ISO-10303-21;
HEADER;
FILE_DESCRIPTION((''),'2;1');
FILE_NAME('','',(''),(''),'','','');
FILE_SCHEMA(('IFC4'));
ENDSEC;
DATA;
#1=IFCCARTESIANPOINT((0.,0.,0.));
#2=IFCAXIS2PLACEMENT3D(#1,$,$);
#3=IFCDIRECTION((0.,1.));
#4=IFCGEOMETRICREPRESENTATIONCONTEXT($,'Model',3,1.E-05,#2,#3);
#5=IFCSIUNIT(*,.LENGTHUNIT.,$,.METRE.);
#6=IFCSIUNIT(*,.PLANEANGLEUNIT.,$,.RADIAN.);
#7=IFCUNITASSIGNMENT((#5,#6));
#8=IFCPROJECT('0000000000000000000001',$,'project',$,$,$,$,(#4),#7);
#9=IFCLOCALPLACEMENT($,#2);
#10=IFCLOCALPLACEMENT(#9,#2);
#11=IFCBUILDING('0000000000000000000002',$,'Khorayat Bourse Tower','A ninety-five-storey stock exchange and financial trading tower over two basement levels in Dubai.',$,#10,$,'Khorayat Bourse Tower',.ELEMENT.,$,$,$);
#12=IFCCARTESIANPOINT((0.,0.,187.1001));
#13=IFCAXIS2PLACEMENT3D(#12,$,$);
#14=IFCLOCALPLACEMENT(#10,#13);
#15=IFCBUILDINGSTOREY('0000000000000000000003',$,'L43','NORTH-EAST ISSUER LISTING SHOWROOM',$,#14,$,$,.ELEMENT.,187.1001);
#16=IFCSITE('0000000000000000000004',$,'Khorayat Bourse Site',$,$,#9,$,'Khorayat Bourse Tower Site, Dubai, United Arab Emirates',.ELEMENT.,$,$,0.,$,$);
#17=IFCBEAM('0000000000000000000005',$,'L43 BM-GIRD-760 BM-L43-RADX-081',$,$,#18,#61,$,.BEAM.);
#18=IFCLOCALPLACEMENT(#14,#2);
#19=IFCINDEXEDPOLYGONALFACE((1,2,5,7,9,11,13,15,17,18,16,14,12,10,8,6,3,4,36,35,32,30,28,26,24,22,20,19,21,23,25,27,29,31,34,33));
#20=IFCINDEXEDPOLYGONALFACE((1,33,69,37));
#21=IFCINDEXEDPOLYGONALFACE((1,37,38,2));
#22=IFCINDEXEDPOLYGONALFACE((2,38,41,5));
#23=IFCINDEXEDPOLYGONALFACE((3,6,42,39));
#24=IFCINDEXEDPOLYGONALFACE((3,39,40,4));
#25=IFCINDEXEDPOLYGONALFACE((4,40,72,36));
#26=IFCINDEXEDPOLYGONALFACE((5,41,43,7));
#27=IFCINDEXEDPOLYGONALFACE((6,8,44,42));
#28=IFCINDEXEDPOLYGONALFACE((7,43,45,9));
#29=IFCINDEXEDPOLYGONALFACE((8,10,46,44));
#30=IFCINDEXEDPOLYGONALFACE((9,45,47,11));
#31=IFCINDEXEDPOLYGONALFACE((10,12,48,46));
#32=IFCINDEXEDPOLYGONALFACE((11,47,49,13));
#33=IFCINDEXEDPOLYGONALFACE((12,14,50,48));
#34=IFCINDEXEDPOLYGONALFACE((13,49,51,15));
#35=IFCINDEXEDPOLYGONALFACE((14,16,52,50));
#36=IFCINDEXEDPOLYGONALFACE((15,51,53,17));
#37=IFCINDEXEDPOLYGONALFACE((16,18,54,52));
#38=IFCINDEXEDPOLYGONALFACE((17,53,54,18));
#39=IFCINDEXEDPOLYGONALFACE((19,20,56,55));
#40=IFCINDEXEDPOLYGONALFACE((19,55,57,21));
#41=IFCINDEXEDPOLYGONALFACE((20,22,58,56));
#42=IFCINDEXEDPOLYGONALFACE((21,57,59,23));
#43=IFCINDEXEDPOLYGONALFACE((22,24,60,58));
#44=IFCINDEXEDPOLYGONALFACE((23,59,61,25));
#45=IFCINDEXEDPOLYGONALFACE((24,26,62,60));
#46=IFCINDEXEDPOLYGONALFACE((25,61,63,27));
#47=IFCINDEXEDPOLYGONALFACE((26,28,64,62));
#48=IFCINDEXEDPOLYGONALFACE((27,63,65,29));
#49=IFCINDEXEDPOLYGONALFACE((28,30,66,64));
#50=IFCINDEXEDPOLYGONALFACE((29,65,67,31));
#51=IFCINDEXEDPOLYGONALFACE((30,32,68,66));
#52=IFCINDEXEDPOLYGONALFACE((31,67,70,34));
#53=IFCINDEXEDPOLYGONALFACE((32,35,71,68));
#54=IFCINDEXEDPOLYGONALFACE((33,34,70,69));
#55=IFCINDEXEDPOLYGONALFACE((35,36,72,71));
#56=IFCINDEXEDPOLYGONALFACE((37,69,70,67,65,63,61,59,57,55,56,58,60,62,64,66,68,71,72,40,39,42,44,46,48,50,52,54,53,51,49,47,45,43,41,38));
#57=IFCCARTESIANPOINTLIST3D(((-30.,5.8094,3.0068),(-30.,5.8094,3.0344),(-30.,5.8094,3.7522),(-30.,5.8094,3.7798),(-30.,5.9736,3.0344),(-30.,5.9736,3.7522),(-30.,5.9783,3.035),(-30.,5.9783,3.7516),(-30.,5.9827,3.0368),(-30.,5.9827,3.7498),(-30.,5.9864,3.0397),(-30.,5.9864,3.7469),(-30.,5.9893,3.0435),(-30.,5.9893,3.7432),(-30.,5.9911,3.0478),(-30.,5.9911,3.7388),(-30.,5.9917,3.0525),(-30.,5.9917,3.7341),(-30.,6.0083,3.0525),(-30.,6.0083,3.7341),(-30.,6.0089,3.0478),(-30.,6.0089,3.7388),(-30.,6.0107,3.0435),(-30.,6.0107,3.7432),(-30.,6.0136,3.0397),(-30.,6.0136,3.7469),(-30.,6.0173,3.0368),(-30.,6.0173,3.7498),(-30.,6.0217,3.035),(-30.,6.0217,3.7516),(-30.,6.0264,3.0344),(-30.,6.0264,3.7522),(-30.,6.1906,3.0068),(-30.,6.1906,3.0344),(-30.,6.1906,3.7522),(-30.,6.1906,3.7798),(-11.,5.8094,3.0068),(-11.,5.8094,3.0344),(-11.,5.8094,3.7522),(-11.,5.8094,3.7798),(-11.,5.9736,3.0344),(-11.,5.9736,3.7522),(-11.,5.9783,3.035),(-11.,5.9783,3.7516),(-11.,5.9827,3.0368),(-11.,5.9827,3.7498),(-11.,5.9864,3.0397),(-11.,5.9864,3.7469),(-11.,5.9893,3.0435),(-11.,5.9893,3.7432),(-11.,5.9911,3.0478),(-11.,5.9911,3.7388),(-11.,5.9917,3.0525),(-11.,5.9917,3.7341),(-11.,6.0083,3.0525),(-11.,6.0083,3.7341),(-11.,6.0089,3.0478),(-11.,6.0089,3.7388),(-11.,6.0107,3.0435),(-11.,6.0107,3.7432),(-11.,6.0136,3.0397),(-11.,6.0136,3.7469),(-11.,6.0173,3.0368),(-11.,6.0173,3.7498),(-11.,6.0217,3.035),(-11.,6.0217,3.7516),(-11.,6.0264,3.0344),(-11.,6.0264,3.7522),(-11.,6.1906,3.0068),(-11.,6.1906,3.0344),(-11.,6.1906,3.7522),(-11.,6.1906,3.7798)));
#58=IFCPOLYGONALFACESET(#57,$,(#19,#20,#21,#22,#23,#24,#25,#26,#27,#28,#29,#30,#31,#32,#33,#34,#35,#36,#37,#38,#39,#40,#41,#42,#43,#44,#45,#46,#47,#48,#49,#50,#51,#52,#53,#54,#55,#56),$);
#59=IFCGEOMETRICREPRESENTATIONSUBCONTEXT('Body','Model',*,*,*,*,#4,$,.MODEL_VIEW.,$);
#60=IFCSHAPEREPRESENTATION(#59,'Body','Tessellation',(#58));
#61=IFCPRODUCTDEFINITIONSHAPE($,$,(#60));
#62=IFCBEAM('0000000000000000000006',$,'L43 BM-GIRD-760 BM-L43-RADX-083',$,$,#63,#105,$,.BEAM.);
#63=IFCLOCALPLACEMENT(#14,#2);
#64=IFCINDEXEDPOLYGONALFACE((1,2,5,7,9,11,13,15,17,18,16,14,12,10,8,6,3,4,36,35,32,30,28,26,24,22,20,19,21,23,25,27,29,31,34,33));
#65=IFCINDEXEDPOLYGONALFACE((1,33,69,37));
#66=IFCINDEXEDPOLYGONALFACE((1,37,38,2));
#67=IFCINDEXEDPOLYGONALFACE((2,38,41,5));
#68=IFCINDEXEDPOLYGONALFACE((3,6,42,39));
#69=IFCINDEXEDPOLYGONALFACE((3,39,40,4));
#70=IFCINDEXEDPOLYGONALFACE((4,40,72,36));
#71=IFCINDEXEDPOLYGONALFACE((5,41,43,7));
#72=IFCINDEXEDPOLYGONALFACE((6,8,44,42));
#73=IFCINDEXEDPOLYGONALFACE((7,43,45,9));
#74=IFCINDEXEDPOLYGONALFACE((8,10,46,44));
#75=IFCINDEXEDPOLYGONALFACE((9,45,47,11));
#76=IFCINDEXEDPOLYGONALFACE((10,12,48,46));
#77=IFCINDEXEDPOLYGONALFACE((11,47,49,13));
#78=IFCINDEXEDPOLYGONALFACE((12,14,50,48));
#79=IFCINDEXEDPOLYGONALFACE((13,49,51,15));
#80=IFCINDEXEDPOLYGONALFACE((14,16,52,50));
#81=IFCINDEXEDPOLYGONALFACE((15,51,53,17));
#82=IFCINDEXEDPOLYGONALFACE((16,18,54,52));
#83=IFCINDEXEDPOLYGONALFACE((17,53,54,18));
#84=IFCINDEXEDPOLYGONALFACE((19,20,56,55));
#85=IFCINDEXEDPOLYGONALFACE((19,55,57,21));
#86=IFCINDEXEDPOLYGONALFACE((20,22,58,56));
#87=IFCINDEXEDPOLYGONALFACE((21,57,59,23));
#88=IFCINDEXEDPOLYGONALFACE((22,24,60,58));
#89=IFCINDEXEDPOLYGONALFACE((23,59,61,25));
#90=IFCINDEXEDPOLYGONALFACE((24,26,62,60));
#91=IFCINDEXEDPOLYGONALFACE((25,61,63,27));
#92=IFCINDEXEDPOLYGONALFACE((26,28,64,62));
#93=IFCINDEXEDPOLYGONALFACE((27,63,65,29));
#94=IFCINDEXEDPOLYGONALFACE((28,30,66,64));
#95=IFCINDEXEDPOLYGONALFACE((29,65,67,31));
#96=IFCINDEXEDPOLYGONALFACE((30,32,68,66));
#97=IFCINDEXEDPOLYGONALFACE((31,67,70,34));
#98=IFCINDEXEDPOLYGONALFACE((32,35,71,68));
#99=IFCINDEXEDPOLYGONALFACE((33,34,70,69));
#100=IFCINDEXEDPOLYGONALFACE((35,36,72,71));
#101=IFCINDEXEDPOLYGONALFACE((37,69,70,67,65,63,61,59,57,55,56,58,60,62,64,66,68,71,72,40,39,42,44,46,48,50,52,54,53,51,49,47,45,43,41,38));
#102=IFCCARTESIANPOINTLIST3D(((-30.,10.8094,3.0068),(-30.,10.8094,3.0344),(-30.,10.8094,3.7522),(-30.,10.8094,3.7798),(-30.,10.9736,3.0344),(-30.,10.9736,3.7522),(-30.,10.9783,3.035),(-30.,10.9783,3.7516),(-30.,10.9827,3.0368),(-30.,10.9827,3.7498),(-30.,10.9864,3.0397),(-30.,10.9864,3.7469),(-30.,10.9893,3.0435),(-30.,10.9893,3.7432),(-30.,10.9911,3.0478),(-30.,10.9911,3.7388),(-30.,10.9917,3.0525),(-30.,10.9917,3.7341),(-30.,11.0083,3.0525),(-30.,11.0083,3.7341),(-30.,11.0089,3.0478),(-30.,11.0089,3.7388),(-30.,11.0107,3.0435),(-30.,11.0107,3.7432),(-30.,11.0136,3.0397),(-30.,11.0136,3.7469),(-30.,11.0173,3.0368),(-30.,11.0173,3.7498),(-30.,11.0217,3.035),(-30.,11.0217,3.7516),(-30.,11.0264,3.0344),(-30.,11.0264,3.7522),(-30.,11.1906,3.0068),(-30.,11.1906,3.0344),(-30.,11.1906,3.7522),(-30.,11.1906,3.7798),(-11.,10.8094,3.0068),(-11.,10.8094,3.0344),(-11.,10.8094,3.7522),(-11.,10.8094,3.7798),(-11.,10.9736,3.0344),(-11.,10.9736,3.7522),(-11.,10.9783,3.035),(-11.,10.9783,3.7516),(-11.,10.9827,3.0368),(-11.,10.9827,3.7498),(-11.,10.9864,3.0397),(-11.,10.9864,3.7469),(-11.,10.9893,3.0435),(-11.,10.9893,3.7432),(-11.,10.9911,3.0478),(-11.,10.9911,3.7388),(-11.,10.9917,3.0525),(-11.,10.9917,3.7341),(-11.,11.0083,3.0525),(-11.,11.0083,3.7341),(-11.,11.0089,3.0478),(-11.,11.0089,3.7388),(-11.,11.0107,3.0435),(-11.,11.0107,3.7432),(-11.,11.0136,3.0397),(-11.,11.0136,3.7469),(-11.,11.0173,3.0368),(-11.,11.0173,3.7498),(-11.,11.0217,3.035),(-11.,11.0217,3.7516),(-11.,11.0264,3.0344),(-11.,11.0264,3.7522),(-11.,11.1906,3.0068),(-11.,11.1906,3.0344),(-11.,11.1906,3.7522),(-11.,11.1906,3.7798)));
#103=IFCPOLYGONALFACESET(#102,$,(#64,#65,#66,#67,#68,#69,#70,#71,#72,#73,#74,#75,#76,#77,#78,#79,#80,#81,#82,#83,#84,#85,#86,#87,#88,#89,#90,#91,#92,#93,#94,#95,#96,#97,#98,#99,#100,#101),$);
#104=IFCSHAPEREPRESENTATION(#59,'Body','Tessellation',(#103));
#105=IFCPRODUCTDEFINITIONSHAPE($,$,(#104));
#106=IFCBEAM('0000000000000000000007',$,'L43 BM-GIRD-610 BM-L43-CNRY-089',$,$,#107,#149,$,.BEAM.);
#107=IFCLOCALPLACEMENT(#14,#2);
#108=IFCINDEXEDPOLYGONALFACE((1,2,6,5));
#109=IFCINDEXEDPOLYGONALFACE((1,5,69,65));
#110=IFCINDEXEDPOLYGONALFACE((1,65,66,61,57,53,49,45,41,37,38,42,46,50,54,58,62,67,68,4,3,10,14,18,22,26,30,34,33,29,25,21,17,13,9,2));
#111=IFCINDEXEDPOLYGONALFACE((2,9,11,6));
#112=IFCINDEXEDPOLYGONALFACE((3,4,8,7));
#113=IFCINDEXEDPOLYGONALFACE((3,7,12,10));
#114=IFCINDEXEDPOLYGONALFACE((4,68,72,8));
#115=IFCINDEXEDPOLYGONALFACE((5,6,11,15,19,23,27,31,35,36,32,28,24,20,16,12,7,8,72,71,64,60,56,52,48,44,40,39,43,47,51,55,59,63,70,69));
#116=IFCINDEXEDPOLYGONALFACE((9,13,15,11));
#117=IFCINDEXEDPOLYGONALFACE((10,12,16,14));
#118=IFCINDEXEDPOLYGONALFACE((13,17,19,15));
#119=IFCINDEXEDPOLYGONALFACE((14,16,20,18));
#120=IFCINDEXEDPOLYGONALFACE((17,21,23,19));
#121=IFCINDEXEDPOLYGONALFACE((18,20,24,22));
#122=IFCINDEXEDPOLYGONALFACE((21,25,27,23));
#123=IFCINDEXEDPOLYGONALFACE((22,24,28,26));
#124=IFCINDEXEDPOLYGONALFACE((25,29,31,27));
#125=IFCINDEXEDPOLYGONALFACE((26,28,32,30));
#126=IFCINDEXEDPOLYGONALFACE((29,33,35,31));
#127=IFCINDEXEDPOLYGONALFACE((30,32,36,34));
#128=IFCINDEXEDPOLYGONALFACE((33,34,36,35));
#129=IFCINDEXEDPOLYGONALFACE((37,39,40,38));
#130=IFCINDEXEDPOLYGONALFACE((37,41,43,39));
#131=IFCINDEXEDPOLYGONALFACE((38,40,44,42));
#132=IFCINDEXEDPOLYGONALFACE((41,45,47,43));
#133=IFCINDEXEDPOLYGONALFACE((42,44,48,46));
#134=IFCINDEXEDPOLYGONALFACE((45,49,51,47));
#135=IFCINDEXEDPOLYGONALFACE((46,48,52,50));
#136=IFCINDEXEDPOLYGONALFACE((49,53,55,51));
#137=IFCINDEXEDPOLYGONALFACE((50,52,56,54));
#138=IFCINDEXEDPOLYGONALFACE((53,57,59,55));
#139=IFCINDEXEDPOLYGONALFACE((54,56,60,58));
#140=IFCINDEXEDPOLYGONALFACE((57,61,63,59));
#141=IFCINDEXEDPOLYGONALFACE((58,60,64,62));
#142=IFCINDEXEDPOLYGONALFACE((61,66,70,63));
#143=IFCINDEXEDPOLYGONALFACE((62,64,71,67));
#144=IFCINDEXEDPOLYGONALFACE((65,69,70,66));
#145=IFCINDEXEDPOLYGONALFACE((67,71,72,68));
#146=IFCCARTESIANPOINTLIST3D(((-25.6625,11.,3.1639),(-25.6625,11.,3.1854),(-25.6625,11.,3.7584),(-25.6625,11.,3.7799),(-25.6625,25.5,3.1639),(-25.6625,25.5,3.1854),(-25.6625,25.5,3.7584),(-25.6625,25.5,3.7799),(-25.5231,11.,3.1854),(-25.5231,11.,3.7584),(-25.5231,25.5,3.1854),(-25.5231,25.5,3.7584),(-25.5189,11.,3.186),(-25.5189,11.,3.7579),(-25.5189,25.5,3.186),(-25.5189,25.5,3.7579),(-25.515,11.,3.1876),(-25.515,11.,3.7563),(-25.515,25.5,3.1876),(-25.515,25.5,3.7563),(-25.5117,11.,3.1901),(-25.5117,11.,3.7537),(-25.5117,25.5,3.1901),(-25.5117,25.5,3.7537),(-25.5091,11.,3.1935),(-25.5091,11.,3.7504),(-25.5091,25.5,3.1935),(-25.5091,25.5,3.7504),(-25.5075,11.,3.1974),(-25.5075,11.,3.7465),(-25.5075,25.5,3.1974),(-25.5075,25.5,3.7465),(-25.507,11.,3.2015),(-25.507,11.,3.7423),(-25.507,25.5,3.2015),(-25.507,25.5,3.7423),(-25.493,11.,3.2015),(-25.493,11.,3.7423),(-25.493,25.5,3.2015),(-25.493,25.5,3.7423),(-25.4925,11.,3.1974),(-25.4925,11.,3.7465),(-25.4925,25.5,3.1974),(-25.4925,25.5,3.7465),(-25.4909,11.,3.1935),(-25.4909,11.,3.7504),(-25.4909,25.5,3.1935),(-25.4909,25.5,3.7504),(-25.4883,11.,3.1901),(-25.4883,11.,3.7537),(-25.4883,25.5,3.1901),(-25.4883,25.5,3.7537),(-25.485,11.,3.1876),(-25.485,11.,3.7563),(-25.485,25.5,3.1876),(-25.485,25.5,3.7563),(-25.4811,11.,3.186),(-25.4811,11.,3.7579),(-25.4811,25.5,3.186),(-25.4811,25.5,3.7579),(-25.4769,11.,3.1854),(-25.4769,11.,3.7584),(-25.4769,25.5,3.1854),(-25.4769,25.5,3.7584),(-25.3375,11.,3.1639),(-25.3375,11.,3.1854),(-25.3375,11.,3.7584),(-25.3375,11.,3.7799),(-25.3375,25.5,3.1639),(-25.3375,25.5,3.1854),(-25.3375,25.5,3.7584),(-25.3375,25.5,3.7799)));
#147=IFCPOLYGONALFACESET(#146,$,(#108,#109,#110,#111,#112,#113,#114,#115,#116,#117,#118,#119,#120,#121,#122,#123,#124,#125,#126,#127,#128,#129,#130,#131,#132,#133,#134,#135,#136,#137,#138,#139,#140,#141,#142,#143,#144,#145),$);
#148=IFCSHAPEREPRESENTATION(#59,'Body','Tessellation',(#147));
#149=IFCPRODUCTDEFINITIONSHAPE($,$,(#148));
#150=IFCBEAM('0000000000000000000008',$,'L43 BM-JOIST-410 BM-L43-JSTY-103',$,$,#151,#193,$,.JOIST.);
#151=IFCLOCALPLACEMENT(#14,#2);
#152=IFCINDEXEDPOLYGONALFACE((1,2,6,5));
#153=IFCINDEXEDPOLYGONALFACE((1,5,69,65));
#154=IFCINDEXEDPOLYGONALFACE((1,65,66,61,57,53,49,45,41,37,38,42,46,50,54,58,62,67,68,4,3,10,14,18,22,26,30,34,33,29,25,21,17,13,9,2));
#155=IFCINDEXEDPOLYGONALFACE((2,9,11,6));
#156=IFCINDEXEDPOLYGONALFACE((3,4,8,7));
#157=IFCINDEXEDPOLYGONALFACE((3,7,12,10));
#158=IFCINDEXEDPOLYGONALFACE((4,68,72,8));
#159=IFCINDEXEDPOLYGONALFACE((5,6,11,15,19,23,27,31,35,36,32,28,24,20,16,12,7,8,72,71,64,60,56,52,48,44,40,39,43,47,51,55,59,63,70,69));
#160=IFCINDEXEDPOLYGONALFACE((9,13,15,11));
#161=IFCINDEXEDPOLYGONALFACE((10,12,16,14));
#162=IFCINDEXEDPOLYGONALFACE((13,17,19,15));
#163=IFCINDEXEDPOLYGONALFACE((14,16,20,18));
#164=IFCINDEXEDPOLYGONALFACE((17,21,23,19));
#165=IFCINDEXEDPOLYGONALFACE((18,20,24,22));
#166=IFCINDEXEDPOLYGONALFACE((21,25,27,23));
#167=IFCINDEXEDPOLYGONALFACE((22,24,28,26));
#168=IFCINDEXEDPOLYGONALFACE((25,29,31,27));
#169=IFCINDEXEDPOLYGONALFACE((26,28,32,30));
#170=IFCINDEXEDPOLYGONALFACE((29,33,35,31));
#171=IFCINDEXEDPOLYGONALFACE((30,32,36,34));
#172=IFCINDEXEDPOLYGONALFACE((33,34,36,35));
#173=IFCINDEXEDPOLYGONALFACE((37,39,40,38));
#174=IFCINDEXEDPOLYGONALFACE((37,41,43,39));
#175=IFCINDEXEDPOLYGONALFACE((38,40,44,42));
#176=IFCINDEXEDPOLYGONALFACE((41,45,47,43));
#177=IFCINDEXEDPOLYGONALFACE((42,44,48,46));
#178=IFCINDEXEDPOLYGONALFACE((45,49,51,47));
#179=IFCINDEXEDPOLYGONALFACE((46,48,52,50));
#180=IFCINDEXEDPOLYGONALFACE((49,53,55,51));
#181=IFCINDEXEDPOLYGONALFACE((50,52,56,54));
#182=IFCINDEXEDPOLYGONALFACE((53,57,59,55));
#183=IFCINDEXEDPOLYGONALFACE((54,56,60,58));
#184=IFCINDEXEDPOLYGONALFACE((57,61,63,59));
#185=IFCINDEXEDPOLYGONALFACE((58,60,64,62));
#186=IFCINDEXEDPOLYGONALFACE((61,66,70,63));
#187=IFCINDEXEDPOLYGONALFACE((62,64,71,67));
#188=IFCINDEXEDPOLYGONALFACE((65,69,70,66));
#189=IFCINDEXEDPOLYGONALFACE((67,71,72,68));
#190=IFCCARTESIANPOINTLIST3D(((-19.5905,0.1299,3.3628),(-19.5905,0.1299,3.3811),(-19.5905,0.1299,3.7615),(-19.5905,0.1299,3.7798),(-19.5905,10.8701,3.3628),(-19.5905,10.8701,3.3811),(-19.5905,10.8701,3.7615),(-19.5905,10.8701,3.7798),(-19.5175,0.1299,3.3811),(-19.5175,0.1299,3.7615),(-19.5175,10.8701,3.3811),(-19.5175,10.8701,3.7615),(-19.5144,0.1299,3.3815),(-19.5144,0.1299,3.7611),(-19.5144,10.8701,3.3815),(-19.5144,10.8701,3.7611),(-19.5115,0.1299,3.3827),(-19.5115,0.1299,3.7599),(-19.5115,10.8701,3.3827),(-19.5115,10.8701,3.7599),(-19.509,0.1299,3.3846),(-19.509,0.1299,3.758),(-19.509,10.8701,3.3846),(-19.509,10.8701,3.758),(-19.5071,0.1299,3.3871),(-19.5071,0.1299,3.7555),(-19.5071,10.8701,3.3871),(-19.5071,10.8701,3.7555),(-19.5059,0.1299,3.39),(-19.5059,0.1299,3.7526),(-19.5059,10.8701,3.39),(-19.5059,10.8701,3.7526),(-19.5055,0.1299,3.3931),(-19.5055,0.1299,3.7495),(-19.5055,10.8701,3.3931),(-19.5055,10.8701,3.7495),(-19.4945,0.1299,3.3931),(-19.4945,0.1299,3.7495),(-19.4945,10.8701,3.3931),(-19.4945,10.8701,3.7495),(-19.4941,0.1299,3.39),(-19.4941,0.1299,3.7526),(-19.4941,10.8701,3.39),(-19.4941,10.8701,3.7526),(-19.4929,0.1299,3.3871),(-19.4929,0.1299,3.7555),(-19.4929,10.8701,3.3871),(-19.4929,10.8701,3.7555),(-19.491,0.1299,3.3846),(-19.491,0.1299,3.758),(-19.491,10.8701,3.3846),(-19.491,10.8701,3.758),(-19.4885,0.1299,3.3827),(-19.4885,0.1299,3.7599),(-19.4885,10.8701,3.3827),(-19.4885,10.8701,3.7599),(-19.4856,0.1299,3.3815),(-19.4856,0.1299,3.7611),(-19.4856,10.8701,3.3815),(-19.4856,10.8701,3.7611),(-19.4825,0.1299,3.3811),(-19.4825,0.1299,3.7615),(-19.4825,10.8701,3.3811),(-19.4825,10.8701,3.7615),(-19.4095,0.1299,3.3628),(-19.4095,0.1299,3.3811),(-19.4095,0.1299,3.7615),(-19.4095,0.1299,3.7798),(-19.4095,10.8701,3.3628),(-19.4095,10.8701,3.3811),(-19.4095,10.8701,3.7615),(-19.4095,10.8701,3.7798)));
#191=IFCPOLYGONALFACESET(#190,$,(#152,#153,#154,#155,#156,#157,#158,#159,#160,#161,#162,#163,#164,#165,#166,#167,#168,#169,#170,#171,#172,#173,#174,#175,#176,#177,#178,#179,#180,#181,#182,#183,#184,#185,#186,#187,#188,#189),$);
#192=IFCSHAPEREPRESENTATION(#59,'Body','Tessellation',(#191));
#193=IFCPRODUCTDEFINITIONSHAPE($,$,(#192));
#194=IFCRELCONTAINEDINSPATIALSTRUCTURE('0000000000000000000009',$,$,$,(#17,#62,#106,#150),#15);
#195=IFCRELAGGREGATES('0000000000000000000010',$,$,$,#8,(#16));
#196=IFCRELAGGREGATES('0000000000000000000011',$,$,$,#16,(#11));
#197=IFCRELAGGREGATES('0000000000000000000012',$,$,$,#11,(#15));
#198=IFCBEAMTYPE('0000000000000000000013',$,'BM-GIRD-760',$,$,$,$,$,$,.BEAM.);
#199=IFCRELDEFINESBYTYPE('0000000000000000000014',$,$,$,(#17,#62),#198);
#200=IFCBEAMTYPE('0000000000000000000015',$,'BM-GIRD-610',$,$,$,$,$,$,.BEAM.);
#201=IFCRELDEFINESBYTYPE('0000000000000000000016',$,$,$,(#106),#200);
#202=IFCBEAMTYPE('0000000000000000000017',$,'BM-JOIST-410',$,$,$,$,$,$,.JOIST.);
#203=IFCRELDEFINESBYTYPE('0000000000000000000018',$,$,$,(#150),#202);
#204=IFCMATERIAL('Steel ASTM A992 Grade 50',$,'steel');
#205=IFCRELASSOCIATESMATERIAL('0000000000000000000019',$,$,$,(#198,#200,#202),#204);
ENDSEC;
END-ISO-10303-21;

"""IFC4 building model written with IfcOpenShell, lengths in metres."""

from ifc_helpers import new_model, si_unit, direction, frame, origin, origin_2d, place, context, subcontext, project, spatial, i_section, extrude, source, transform, mapped, material, material_profile, profile_set, type_object, element, save


model = new_model("IFC4")

# Units and contexts
model_context = context("Model", 3, precision=1e-05, world=origin(), true_north=direction((0.0, 1.0)))
body_context = subcontext(model_context, "Body", "Model", "MODEL_VIEW")
ifc_project = project(units=[si_unit("LENGTHUNIT", "METRE"), si_unit("PLANEANGLEUNIT", "RADIAN")], contexts=[model_context])

# Site, building, storey
site_placement = place(None, origin())
site = spatial("IfcSite", under=ifc_project, at=site_placement, Name="Khorayat Bourse Site", LongName="Khorayat Bourse Tower Site, Dubai, United Arab Emirates", CompositionType="ELEMENT", RefElevation=0.0)
building_placement = place(site_placement, origin())
building = spatial("IfcBuilding", under=site, at=building_placement, Name="Khorayat Bourse Tower", Description="A ninety-five-storey stock exchange and financial trading tower over two basement levels in Dubai.", LongName="Khorayat Bourse Tower", CompositionType="ELEMENT")
storey_placement = place(building_placement, frame((0.0, 0.0, 187.1001)))
storey = spatial("IfcBuildingStorey", under=building, at=storey_placement, Name="L43", Description="NORTH-EAST ISSUER LISTING SHOWROOM", CompositionType="ELEMENT", Elevation=187.1001)

# Beams
ifc_material_1 = material(Name="Steel ASTM A992 Grade 50", Category="steel")
ifc_material_profile_1 = material_profile(ifc_material_1, i_section(OverallWidth=0.3811, OverallDepth=0.7729, WebThickness=0.0166, FlangeThickness=0.0276, FilletRadius=0.0181, at=origin_2d()), Name="W760X257")
ifc_profile_set_1 = profile_set([ifc_material_profile_1], Name="Steel ASTM A992 Grade 50")
beam_type_1 = type_object("IfcBeamType", Name="BM-GIRD-760", PredefinedType="BEAM", material=ifc_profile_set_1)
shared_shape_1 = source(origin(), body_context, "Body", "SweptSolid", [
    extrude(i_section(OverallWidth=0.3811, OverallDepth=0.7729, WebThickness=0.0166, FlangeThickness=0.0276, FilletRadius=0.0181, at=origin_2d()), origin(), (0.0, 0.0, 1.0), 19.0),
])
for number, where, z_axis, x_axis, name in (
    (1, (-30.0, 6.0, 3.3933), (1.0, 0.0, 0.0), (0.0, 1.0, 0.0), "L43 BM-GIRD-760 BM-L43-RADX-081"),
    (2, (-30.0, 11.0, 3.3933), (1.0, 0.0, 0.0), (0.0, 1.0, 0.0), "L43 BM-GIRD-760 BM-L43-RADX-083"),
):
    element("IfcBeam", number, at=place(storey_placement, frame(where, z_axis=z_axis, x_axis=x_axis)), inside=storey, type_object=beam_type_1, Name=name, PredefinedType="BEAM", context=body_context, shape_type="MappedRepresentation", body=[
        mapped(shared_shape_1, transform((0.0, 0.0, 0.0), scale=1.0)),
    ])
ifc_material_profile_2 = material_profile(ifc_material_1, i_section(OverallWidth=0.325, OverallDepth=0.616, WebThickness=0.0139, FlangeThickness=0.0215, FilletRadius=0.0161, at=origin_2d()), Name="W610X174")
ifc_profile_set_2 = profile_set([ifc_material_profile_2], Name="Steel ASTM A992 Grade 50")
beam_type_2 = type_object("IfcBeamType", Name="BM-GIRD-610", PredefinedType="BEAM", material=ifc_profile_set_2)
shared_shape_2 = source(origin(), body_context, "Body", "SweptSolid", [
    extrude(i_section(OverallWidth=0.325, OverallDepth=0.616, WebThickness=0.0139, FlangeThickness=0.0215, FilletRadius=0.0161, at=origin_2d()), origin(), (0.0, 0.0, 1.0), 14.5),
])
beam_1_placement = place(storey_placement, frame((-25.5, 11.0, 3.4719), z_axis=(0.0, 1.0, 0.0), x_axis=(-1.0, 0.0, 0.0)))
element("IfcBeam", 3, at=beam_1_placement, inside=storey, type_object=beam_type_2, Name="L43 BM-GIRD-610 BM-L43-CNRY-089", PredefinedType="BEAM", context=body_context, shape_type="MappedRepresentation", body=[
    mapped(shared_shape_2, transform((0.0, 0.0, 0.0), scale=1.0)),
])
ifc_material_profile_3 = material_profile(ifc_material_1, i_section(OverallWidth=0.1809, OverallDepth=0.417, WebThickness=0.011, FlangeThickness=0.0183, FilletRadius=0.012, at=origin_2d()), Name="W410X85")
ifc_profile_set_3 = profile_set([ifc_material_profile_3], Name="Steel ASTM A992 Grade 50")
beam_type_3 = type_object("IfcBeamType", Name="BM-JOIST-410", PredefinedType="JOIST", material=ifc_profile_set_3)
shared_shape_3 = source(origin(), body_context, "Body", "SweptSolid", [
    extrude(i_section(OverallWidth=0.1809, OverallDepth=0.417, WebThickness=0.011, FlangeThickness=0.0183, FilletRadius=0.012, at=origin_2d()), origin(), (0.0, 0.0, 1.0), 10.7402),
])
beam_2_placement = place(storey_placement, frame((-19.5, 0.1299, 3.5713), z_axis=(0.0, 1.0, 0.0), x_axis=(-1.0, 0.0, 0.0)))
element("IfcBeam", 4, at=beam_2_placement, inside=storey, type_object=beam_type_3, Name="L43 BM-JOIST-410 BM-L43-JSTY-103", PredefinedType="JOIST", context=body_context, shape_type="MappedRepresentation", body=[
    mapped(shared_shape_3, transform((0.0, 0.0, 0.0), scale=1.0)),
])

save(model, "model.ifc")
